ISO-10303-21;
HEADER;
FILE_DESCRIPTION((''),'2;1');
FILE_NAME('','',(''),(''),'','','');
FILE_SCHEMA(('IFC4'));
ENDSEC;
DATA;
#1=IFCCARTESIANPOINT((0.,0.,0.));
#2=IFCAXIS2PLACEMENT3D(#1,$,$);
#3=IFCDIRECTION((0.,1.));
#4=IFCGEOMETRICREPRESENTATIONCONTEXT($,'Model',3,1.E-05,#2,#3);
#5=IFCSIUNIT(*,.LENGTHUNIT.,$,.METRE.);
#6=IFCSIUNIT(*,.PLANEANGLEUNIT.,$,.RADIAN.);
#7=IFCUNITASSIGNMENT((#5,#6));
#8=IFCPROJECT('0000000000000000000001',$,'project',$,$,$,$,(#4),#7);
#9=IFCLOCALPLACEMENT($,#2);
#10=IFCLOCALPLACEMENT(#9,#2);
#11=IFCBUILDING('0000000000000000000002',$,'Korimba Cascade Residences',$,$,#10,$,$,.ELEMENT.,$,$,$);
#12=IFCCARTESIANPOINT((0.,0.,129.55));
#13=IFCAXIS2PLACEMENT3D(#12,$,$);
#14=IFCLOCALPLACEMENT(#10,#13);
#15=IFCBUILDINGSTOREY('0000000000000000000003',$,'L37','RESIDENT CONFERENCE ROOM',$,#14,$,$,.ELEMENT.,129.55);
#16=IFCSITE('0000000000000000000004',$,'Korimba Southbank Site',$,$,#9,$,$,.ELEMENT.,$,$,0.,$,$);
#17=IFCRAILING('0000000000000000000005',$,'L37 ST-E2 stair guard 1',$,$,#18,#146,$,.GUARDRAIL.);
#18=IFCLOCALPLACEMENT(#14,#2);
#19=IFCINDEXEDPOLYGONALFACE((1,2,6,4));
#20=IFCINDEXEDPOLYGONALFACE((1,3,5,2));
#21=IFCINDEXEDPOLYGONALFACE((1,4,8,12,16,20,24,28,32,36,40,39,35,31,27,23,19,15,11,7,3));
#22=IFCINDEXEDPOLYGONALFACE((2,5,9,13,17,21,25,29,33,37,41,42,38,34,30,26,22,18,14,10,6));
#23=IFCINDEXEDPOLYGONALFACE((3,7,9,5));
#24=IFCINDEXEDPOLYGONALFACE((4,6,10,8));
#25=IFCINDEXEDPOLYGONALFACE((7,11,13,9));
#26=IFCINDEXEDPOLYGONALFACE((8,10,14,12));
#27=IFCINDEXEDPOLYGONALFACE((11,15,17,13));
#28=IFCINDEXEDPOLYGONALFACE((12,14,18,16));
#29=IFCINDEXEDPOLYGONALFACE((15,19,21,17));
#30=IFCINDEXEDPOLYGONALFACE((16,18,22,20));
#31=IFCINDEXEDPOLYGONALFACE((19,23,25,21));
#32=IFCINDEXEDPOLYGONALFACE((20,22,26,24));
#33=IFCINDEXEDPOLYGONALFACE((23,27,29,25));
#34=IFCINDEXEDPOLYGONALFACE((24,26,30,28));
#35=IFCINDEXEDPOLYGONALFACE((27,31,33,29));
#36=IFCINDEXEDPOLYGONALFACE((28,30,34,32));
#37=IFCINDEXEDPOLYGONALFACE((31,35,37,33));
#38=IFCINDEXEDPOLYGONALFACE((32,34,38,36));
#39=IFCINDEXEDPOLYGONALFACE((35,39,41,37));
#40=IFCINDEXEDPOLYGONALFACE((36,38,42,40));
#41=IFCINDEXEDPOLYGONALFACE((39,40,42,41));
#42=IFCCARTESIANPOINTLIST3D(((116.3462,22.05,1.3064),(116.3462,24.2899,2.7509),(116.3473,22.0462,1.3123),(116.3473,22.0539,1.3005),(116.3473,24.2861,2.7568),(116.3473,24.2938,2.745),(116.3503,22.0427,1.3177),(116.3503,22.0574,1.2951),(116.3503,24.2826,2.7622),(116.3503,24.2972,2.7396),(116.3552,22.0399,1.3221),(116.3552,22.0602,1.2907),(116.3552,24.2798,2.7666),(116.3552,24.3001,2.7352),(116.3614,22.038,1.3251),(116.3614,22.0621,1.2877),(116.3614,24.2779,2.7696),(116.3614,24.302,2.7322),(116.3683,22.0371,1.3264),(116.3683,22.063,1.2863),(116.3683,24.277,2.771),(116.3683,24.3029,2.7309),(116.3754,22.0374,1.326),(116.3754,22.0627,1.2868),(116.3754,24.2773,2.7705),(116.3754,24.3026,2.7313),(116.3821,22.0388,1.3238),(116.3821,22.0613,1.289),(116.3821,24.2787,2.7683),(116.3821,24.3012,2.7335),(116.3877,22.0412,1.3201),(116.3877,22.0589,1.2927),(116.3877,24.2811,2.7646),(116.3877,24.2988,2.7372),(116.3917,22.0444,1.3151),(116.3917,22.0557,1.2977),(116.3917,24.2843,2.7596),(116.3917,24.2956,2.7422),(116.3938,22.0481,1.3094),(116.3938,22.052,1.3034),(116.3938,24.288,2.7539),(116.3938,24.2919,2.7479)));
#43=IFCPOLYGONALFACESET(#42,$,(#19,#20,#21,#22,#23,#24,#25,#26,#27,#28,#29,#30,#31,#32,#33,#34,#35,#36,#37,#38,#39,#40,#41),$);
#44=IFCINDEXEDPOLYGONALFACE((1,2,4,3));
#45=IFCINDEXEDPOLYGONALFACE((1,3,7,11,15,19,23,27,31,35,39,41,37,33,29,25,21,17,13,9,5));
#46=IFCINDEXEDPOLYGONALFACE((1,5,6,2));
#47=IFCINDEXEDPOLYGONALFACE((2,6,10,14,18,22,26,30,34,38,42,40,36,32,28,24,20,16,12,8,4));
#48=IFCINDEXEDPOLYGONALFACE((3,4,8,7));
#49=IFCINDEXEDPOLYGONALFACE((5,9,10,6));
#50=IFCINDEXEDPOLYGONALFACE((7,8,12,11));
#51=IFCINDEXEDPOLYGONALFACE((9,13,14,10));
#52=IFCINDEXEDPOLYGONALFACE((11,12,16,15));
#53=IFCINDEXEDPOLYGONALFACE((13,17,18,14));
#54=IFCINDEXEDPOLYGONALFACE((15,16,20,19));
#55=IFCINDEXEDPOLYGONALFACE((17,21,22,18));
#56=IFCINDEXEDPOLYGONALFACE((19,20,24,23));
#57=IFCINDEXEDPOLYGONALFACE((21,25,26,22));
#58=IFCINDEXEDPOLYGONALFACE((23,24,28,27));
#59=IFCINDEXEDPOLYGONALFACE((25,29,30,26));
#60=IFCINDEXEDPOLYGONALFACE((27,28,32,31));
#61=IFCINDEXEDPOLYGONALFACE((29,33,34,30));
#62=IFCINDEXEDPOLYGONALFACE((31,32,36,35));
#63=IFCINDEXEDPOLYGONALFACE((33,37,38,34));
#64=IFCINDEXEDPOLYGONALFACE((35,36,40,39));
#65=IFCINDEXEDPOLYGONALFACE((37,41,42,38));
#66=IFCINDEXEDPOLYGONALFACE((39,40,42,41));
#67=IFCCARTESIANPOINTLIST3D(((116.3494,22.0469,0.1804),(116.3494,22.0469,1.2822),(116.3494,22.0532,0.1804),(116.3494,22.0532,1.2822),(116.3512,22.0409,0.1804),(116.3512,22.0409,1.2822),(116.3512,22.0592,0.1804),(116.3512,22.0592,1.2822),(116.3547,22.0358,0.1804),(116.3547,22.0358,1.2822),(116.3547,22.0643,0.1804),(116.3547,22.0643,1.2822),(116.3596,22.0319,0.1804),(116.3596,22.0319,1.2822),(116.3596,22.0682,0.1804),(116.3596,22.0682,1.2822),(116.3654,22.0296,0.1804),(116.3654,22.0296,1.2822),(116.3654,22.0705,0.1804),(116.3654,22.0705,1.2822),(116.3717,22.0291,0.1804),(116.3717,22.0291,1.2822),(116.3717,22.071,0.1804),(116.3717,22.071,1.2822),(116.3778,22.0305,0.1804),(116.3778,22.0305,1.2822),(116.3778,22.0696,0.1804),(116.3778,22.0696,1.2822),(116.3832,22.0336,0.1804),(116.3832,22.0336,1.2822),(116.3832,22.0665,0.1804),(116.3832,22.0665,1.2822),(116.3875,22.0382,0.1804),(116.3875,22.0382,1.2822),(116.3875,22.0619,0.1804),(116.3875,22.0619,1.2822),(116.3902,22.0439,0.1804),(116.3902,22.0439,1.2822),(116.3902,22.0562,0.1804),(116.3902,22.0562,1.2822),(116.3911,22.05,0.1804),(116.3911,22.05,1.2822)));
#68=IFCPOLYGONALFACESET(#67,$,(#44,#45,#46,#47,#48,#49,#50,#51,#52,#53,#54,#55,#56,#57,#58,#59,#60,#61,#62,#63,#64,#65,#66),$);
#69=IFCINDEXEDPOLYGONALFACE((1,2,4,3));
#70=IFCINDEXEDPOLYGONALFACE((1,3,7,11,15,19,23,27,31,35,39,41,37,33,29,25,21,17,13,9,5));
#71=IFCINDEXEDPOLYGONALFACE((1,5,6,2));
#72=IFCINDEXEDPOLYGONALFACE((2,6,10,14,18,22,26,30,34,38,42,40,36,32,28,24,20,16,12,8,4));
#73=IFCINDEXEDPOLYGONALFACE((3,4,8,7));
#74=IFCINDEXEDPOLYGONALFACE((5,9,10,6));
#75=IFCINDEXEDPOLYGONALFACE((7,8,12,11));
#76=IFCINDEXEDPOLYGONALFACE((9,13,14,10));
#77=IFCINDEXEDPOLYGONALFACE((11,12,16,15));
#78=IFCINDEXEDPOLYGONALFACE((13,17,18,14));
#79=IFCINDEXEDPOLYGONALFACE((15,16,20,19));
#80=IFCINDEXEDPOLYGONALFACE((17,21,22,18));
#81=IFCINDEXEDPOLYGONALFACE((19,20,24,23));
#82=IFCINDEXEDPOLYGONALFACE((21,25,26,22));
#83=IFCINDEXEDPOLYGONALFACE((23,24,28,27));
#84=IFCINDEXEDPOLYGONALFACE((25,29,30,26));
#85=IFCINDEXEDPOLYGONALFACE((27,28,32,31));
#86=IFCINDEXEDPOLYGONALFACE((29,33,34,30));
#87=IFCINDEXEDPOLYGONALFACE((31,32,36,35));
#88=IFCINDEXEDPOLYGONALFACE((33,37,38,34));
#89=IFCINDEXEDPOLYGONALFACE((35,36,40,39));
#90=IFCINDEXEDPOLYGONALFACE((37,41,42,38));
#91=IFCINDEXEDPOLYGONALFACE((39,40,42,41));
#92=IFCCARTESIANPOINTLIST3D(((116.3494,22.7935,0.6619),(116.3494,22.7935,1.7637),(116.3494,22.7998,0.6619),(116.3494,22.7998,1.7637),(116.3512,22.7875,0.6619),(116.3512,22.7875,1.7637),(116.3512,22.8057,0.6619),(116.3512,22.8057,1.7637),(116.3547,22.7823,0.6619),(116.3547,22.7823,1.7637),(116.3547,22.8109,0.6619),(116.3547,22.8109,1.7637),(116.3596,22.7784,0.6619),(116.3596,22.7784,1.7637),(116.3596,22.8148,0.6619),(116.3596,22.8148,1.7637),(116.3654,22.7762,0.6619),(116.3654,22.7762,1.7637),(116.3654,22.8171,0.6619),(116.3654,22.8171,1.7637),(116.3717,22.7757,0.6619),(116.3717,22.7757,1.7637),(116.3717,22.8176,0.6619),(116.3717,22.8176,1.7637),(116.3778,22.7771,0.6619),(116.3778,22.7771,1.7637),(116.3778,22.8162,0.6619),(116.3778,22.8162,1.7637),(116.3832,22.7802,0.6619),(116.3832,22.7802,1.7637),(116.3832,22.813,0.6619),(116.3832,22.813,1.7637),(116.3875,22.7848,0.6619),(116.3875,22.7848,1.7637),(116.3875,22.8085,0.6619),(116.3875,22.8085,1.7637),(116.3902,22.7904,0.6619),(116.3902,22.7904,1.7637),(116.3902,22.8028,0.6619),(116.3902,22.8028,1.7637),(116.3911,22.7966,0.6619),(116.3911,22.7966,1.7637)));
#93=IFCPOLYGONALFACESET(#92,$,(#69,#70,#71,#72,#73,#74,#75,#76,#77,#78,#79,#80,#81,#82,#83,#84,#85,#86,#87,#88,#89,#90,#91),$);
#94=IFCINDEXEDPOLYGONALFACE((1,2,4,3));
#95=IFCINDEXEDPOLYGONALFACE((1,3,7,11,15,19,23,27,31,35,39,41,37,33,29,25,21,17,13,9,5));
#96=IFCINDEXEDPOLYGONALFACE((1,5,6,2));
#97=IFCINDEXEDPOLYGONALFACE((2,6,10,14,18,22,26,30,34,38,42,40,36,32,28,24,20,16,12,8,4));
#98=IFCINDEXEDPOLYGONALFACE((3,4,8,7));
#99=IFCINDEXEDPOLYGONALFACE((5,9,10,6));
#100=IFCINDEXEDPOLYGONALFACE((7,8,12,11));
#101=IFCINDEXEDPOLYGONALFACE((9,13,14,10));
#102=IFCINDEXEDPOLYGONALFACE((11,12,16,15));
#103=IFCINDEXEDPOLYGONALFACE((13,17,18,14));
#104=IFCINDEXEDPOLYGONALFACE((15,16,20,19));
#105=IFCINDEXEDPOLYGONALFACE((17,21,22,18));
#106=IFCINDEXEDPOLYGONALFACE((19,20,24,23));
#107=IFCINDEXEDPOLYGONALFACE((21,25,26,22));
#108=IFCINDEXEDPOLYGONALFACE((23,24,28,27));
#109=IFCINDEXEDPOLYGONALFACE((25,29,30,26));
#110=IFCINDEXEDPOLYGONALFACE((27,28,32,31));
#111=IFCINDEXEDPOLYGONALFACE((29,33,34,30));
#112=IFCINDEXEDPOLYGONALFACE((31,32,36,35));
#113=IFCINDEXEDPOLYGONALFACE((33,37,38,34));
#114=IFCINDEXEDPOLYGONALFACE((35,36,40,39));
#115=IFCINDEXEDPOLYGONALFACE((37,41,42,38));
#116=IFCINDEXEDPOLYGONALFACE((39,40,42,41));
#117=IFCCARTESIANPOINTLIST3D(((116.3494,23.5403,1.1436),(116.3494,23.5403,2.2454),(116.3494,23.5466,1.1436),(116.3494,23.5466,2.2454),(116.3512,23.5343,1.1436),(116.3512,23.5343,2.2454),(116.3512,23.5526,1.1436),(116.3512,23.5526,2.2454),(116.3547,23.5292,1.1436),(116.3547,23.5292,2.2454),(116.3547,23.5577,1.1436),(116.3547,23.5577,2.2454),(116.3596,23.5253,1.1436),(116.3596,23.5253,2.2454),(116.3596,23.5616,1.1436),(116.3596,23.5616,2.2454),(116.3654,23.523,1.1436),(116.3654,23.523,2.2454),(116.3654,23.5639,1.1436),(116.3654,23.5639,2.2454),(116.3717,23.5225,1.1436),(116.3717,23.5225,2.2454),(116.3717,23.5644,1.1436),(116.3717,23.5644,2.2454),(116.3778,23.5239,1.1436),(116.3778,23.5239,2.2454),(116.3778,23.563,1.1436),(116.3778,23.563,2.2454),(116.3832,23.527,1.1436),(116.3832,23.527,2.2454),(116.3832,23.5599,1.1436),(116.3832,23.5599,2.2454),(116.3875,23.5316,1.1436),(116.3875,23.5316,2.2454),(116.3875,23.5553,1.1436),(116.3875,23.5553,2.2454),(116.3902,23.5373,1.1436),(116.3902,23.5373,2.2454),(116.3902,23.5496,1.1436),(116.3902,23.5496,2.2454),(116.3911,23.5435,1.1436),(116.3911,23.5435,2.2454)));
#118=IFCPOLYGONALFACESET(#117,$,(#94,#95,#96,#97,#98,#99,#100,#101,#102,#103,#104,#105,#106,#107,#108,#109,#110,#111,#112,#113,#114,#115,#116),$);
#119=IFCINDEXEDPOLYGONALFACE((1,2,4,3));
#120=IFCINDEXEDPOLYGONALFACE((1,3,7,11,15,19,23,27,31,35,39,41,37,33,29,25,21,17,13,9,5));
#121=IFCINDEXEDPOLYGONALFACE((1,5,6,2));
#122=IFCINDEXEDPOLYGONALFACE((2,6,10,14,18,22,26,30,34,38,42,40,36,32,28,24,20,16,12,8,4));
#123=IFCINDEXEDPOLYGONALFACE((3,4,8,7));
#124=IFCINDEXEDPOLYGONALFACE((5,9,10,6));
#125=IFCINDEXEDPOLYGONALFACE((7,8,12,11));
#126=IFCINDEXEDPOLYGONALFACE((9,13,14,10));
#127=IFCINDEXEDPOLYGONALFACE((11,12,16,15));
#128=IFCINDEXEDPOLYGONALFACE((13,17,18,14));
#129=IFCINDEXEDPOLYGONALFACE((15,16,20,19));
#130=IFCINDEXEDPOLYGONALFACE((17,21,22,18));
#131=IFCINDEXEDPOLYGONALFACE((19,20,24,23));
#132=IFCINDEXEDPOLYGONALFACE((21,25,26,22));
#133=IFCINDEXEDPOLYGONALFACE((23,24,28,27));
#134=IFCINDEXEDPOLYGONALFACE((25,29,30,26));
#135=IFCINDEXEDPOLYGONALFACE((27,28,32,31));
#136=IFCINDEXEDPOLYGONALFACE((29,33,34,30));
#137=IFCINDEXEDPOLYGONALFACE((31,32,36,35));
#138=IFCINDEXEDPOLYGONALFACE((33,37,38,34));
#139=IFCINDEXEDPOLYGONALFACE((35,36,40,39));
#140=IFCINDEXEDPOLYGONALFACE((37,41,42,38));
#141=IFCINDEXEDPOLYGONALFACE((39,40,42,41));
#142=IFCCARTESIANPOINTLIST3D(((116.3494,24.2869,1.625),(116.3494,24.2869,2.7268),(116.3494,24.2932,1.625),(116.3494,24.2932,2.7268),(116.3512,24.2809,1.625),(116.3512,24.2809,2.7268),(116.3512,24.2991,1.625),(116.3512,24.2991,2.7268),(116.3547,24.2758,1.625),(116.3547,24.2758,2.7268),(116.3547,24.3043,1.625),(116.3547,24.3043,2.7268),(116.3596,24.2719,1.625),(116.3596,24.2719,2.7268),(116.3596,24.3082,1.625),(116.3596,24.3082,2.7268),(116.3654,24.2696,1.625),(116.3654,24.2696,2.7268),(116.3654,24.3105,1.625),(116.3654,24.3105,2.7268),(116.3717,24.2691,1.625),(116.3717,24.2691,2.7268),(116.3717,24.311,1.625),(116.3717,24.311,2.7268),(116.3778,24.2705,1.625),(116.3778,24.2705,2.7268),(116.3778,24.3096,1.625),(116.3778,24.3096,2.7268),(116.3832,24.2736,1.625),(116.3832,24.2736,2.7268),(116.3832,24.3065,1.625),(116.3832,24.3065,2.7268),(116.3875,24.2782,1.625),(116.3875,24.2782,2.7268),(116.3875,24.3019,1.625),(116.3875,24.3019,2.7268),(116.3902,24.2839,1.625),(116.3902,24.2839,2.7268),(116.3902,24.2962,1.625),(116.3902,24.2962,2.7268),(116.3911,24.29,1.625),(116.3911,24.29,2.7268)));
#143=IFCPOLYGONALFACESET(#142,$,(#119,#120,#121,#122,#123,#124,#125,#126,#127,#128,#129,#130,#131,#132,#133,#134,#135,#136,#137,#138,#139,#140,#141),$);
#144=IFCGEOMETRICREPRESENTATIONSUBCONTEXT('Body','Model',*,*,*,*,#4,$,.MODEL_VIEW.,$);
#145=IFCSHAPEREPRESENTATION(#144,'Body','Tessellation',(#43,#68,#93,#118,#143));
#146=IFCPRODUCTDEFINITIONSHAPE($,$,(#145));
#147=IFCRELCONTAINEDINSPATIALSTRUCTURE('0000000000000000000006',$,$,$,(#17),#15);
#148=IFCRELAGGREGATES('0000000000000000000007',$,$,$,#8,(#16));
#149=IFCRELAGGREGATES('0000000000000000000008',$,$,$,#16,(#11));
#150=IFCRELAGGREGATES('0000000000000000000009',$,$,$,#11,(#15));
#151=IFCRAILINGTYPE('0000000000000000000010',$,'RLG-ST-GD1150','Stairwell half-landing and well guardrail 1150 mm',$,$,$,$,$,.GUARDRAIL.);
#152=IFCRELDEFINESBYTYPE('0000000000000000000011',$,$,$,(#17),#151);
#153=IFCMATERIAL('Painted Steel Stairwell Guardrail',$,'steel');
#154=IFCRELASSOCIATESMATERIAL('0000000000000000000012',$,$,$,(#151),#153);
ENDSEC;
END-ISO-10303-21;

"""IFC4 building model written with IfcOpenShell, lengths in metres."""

from ifc_helpers import new_model, si_unit, direction, frame, origin, origin_2d, place, context, subcontext, project, spatial, circle, extrude, material, type_object, element, save


model = new_model("IFC4")

# Units and contexts
model_context = context("Model", 3, precision=1e-05, world=origin(), true_north=direction((0.0, 1.0)))
body_context = subcontext(model_context, "Body", "Model", "MODEL_VIEW")
ifc_project = project(units=[si_unit("LENGTHUNIT", "METRE"), si_unit("PLANEANGLEUNIT", "RADIAN")], contexts=[model_context])

# Site, building, storey
site_placement = place(None, origin())
site = spatial("IfcSite", under=ifc_project, at=site_placement, Name="Korimba Southbank Site", CompositionType="ELEMENT", RefElevation=0.0)
building_placement = place(site_placement, origin())
building = spatial("IfcBuilding", under=site, at=building_placement, Name="Korimba Cascade Residences", CompositionType="ELEMENT")
storey_placement = place(building_placement, frame((0.0, 0.0, 129.55)))
storey = spatial("IfcBuildingStorey", under=building, at=storey_placement, Name="L37", Description="RESIDENT CONFERENCE ROOM", CompositionType="ELEMENT", Elevation=129.55)

# Railing
ifc_material_1 = material(Name="Painted Steel Stairwell Guardrail", Category="steel")
railing_type_1 = type_object("IfcRailingType", Name="RLG-ST-GD1150", Description="Stairwell half-landing and well guardrail 1150 mm", PredefinedType="GUARDRAIL", material=ifc_material_1)
railing_1_placement = place(storey_placement, frame((116.3701, 22.05, 0.1804)))
element("IfcRailing", 1, at=railing_1_placement, inside=storey, type_object=railing_type_1, Name="L37 ST-E2 stair guard 1", PredefinedType="GUARDRAIL", context=body_context, shape_type="SweptSolid", body=[
    extrude(circle(Radius=0.0239, at=origin_2d()), frame((0.0, 0.0, 1.126), z_axis=(0.0, 0.840395, 0.541975), x_axis=(-1.0, 0.0, 0.0)), (0.0, 0.0, 1.0), 2.6653),
    extrude(circle(Radius=0.021, at=origin_2d()), origin(), (0.0, 0.0, 1.0), 1.1018),
    extrude(circle(Radius=0.021, at=origin_2d()), frame((0.0, 0.7466, 0.4814)), (0.0, 0.0, 1.0), 1.1018),
    extrude(circle(Radius=0.021, at=origin_2d()), frame((0.0, 1.4934, 0.9631)), (0.0, 0.0, 1.0), 1.1018),
    extrude(circle(Radius=0.021, at=origin_2d()), frame((0.0, 2.24, 1.4446)), (0.0, 0.0, 1.0), 1.1018),
])

save(model, "model.ifc")
